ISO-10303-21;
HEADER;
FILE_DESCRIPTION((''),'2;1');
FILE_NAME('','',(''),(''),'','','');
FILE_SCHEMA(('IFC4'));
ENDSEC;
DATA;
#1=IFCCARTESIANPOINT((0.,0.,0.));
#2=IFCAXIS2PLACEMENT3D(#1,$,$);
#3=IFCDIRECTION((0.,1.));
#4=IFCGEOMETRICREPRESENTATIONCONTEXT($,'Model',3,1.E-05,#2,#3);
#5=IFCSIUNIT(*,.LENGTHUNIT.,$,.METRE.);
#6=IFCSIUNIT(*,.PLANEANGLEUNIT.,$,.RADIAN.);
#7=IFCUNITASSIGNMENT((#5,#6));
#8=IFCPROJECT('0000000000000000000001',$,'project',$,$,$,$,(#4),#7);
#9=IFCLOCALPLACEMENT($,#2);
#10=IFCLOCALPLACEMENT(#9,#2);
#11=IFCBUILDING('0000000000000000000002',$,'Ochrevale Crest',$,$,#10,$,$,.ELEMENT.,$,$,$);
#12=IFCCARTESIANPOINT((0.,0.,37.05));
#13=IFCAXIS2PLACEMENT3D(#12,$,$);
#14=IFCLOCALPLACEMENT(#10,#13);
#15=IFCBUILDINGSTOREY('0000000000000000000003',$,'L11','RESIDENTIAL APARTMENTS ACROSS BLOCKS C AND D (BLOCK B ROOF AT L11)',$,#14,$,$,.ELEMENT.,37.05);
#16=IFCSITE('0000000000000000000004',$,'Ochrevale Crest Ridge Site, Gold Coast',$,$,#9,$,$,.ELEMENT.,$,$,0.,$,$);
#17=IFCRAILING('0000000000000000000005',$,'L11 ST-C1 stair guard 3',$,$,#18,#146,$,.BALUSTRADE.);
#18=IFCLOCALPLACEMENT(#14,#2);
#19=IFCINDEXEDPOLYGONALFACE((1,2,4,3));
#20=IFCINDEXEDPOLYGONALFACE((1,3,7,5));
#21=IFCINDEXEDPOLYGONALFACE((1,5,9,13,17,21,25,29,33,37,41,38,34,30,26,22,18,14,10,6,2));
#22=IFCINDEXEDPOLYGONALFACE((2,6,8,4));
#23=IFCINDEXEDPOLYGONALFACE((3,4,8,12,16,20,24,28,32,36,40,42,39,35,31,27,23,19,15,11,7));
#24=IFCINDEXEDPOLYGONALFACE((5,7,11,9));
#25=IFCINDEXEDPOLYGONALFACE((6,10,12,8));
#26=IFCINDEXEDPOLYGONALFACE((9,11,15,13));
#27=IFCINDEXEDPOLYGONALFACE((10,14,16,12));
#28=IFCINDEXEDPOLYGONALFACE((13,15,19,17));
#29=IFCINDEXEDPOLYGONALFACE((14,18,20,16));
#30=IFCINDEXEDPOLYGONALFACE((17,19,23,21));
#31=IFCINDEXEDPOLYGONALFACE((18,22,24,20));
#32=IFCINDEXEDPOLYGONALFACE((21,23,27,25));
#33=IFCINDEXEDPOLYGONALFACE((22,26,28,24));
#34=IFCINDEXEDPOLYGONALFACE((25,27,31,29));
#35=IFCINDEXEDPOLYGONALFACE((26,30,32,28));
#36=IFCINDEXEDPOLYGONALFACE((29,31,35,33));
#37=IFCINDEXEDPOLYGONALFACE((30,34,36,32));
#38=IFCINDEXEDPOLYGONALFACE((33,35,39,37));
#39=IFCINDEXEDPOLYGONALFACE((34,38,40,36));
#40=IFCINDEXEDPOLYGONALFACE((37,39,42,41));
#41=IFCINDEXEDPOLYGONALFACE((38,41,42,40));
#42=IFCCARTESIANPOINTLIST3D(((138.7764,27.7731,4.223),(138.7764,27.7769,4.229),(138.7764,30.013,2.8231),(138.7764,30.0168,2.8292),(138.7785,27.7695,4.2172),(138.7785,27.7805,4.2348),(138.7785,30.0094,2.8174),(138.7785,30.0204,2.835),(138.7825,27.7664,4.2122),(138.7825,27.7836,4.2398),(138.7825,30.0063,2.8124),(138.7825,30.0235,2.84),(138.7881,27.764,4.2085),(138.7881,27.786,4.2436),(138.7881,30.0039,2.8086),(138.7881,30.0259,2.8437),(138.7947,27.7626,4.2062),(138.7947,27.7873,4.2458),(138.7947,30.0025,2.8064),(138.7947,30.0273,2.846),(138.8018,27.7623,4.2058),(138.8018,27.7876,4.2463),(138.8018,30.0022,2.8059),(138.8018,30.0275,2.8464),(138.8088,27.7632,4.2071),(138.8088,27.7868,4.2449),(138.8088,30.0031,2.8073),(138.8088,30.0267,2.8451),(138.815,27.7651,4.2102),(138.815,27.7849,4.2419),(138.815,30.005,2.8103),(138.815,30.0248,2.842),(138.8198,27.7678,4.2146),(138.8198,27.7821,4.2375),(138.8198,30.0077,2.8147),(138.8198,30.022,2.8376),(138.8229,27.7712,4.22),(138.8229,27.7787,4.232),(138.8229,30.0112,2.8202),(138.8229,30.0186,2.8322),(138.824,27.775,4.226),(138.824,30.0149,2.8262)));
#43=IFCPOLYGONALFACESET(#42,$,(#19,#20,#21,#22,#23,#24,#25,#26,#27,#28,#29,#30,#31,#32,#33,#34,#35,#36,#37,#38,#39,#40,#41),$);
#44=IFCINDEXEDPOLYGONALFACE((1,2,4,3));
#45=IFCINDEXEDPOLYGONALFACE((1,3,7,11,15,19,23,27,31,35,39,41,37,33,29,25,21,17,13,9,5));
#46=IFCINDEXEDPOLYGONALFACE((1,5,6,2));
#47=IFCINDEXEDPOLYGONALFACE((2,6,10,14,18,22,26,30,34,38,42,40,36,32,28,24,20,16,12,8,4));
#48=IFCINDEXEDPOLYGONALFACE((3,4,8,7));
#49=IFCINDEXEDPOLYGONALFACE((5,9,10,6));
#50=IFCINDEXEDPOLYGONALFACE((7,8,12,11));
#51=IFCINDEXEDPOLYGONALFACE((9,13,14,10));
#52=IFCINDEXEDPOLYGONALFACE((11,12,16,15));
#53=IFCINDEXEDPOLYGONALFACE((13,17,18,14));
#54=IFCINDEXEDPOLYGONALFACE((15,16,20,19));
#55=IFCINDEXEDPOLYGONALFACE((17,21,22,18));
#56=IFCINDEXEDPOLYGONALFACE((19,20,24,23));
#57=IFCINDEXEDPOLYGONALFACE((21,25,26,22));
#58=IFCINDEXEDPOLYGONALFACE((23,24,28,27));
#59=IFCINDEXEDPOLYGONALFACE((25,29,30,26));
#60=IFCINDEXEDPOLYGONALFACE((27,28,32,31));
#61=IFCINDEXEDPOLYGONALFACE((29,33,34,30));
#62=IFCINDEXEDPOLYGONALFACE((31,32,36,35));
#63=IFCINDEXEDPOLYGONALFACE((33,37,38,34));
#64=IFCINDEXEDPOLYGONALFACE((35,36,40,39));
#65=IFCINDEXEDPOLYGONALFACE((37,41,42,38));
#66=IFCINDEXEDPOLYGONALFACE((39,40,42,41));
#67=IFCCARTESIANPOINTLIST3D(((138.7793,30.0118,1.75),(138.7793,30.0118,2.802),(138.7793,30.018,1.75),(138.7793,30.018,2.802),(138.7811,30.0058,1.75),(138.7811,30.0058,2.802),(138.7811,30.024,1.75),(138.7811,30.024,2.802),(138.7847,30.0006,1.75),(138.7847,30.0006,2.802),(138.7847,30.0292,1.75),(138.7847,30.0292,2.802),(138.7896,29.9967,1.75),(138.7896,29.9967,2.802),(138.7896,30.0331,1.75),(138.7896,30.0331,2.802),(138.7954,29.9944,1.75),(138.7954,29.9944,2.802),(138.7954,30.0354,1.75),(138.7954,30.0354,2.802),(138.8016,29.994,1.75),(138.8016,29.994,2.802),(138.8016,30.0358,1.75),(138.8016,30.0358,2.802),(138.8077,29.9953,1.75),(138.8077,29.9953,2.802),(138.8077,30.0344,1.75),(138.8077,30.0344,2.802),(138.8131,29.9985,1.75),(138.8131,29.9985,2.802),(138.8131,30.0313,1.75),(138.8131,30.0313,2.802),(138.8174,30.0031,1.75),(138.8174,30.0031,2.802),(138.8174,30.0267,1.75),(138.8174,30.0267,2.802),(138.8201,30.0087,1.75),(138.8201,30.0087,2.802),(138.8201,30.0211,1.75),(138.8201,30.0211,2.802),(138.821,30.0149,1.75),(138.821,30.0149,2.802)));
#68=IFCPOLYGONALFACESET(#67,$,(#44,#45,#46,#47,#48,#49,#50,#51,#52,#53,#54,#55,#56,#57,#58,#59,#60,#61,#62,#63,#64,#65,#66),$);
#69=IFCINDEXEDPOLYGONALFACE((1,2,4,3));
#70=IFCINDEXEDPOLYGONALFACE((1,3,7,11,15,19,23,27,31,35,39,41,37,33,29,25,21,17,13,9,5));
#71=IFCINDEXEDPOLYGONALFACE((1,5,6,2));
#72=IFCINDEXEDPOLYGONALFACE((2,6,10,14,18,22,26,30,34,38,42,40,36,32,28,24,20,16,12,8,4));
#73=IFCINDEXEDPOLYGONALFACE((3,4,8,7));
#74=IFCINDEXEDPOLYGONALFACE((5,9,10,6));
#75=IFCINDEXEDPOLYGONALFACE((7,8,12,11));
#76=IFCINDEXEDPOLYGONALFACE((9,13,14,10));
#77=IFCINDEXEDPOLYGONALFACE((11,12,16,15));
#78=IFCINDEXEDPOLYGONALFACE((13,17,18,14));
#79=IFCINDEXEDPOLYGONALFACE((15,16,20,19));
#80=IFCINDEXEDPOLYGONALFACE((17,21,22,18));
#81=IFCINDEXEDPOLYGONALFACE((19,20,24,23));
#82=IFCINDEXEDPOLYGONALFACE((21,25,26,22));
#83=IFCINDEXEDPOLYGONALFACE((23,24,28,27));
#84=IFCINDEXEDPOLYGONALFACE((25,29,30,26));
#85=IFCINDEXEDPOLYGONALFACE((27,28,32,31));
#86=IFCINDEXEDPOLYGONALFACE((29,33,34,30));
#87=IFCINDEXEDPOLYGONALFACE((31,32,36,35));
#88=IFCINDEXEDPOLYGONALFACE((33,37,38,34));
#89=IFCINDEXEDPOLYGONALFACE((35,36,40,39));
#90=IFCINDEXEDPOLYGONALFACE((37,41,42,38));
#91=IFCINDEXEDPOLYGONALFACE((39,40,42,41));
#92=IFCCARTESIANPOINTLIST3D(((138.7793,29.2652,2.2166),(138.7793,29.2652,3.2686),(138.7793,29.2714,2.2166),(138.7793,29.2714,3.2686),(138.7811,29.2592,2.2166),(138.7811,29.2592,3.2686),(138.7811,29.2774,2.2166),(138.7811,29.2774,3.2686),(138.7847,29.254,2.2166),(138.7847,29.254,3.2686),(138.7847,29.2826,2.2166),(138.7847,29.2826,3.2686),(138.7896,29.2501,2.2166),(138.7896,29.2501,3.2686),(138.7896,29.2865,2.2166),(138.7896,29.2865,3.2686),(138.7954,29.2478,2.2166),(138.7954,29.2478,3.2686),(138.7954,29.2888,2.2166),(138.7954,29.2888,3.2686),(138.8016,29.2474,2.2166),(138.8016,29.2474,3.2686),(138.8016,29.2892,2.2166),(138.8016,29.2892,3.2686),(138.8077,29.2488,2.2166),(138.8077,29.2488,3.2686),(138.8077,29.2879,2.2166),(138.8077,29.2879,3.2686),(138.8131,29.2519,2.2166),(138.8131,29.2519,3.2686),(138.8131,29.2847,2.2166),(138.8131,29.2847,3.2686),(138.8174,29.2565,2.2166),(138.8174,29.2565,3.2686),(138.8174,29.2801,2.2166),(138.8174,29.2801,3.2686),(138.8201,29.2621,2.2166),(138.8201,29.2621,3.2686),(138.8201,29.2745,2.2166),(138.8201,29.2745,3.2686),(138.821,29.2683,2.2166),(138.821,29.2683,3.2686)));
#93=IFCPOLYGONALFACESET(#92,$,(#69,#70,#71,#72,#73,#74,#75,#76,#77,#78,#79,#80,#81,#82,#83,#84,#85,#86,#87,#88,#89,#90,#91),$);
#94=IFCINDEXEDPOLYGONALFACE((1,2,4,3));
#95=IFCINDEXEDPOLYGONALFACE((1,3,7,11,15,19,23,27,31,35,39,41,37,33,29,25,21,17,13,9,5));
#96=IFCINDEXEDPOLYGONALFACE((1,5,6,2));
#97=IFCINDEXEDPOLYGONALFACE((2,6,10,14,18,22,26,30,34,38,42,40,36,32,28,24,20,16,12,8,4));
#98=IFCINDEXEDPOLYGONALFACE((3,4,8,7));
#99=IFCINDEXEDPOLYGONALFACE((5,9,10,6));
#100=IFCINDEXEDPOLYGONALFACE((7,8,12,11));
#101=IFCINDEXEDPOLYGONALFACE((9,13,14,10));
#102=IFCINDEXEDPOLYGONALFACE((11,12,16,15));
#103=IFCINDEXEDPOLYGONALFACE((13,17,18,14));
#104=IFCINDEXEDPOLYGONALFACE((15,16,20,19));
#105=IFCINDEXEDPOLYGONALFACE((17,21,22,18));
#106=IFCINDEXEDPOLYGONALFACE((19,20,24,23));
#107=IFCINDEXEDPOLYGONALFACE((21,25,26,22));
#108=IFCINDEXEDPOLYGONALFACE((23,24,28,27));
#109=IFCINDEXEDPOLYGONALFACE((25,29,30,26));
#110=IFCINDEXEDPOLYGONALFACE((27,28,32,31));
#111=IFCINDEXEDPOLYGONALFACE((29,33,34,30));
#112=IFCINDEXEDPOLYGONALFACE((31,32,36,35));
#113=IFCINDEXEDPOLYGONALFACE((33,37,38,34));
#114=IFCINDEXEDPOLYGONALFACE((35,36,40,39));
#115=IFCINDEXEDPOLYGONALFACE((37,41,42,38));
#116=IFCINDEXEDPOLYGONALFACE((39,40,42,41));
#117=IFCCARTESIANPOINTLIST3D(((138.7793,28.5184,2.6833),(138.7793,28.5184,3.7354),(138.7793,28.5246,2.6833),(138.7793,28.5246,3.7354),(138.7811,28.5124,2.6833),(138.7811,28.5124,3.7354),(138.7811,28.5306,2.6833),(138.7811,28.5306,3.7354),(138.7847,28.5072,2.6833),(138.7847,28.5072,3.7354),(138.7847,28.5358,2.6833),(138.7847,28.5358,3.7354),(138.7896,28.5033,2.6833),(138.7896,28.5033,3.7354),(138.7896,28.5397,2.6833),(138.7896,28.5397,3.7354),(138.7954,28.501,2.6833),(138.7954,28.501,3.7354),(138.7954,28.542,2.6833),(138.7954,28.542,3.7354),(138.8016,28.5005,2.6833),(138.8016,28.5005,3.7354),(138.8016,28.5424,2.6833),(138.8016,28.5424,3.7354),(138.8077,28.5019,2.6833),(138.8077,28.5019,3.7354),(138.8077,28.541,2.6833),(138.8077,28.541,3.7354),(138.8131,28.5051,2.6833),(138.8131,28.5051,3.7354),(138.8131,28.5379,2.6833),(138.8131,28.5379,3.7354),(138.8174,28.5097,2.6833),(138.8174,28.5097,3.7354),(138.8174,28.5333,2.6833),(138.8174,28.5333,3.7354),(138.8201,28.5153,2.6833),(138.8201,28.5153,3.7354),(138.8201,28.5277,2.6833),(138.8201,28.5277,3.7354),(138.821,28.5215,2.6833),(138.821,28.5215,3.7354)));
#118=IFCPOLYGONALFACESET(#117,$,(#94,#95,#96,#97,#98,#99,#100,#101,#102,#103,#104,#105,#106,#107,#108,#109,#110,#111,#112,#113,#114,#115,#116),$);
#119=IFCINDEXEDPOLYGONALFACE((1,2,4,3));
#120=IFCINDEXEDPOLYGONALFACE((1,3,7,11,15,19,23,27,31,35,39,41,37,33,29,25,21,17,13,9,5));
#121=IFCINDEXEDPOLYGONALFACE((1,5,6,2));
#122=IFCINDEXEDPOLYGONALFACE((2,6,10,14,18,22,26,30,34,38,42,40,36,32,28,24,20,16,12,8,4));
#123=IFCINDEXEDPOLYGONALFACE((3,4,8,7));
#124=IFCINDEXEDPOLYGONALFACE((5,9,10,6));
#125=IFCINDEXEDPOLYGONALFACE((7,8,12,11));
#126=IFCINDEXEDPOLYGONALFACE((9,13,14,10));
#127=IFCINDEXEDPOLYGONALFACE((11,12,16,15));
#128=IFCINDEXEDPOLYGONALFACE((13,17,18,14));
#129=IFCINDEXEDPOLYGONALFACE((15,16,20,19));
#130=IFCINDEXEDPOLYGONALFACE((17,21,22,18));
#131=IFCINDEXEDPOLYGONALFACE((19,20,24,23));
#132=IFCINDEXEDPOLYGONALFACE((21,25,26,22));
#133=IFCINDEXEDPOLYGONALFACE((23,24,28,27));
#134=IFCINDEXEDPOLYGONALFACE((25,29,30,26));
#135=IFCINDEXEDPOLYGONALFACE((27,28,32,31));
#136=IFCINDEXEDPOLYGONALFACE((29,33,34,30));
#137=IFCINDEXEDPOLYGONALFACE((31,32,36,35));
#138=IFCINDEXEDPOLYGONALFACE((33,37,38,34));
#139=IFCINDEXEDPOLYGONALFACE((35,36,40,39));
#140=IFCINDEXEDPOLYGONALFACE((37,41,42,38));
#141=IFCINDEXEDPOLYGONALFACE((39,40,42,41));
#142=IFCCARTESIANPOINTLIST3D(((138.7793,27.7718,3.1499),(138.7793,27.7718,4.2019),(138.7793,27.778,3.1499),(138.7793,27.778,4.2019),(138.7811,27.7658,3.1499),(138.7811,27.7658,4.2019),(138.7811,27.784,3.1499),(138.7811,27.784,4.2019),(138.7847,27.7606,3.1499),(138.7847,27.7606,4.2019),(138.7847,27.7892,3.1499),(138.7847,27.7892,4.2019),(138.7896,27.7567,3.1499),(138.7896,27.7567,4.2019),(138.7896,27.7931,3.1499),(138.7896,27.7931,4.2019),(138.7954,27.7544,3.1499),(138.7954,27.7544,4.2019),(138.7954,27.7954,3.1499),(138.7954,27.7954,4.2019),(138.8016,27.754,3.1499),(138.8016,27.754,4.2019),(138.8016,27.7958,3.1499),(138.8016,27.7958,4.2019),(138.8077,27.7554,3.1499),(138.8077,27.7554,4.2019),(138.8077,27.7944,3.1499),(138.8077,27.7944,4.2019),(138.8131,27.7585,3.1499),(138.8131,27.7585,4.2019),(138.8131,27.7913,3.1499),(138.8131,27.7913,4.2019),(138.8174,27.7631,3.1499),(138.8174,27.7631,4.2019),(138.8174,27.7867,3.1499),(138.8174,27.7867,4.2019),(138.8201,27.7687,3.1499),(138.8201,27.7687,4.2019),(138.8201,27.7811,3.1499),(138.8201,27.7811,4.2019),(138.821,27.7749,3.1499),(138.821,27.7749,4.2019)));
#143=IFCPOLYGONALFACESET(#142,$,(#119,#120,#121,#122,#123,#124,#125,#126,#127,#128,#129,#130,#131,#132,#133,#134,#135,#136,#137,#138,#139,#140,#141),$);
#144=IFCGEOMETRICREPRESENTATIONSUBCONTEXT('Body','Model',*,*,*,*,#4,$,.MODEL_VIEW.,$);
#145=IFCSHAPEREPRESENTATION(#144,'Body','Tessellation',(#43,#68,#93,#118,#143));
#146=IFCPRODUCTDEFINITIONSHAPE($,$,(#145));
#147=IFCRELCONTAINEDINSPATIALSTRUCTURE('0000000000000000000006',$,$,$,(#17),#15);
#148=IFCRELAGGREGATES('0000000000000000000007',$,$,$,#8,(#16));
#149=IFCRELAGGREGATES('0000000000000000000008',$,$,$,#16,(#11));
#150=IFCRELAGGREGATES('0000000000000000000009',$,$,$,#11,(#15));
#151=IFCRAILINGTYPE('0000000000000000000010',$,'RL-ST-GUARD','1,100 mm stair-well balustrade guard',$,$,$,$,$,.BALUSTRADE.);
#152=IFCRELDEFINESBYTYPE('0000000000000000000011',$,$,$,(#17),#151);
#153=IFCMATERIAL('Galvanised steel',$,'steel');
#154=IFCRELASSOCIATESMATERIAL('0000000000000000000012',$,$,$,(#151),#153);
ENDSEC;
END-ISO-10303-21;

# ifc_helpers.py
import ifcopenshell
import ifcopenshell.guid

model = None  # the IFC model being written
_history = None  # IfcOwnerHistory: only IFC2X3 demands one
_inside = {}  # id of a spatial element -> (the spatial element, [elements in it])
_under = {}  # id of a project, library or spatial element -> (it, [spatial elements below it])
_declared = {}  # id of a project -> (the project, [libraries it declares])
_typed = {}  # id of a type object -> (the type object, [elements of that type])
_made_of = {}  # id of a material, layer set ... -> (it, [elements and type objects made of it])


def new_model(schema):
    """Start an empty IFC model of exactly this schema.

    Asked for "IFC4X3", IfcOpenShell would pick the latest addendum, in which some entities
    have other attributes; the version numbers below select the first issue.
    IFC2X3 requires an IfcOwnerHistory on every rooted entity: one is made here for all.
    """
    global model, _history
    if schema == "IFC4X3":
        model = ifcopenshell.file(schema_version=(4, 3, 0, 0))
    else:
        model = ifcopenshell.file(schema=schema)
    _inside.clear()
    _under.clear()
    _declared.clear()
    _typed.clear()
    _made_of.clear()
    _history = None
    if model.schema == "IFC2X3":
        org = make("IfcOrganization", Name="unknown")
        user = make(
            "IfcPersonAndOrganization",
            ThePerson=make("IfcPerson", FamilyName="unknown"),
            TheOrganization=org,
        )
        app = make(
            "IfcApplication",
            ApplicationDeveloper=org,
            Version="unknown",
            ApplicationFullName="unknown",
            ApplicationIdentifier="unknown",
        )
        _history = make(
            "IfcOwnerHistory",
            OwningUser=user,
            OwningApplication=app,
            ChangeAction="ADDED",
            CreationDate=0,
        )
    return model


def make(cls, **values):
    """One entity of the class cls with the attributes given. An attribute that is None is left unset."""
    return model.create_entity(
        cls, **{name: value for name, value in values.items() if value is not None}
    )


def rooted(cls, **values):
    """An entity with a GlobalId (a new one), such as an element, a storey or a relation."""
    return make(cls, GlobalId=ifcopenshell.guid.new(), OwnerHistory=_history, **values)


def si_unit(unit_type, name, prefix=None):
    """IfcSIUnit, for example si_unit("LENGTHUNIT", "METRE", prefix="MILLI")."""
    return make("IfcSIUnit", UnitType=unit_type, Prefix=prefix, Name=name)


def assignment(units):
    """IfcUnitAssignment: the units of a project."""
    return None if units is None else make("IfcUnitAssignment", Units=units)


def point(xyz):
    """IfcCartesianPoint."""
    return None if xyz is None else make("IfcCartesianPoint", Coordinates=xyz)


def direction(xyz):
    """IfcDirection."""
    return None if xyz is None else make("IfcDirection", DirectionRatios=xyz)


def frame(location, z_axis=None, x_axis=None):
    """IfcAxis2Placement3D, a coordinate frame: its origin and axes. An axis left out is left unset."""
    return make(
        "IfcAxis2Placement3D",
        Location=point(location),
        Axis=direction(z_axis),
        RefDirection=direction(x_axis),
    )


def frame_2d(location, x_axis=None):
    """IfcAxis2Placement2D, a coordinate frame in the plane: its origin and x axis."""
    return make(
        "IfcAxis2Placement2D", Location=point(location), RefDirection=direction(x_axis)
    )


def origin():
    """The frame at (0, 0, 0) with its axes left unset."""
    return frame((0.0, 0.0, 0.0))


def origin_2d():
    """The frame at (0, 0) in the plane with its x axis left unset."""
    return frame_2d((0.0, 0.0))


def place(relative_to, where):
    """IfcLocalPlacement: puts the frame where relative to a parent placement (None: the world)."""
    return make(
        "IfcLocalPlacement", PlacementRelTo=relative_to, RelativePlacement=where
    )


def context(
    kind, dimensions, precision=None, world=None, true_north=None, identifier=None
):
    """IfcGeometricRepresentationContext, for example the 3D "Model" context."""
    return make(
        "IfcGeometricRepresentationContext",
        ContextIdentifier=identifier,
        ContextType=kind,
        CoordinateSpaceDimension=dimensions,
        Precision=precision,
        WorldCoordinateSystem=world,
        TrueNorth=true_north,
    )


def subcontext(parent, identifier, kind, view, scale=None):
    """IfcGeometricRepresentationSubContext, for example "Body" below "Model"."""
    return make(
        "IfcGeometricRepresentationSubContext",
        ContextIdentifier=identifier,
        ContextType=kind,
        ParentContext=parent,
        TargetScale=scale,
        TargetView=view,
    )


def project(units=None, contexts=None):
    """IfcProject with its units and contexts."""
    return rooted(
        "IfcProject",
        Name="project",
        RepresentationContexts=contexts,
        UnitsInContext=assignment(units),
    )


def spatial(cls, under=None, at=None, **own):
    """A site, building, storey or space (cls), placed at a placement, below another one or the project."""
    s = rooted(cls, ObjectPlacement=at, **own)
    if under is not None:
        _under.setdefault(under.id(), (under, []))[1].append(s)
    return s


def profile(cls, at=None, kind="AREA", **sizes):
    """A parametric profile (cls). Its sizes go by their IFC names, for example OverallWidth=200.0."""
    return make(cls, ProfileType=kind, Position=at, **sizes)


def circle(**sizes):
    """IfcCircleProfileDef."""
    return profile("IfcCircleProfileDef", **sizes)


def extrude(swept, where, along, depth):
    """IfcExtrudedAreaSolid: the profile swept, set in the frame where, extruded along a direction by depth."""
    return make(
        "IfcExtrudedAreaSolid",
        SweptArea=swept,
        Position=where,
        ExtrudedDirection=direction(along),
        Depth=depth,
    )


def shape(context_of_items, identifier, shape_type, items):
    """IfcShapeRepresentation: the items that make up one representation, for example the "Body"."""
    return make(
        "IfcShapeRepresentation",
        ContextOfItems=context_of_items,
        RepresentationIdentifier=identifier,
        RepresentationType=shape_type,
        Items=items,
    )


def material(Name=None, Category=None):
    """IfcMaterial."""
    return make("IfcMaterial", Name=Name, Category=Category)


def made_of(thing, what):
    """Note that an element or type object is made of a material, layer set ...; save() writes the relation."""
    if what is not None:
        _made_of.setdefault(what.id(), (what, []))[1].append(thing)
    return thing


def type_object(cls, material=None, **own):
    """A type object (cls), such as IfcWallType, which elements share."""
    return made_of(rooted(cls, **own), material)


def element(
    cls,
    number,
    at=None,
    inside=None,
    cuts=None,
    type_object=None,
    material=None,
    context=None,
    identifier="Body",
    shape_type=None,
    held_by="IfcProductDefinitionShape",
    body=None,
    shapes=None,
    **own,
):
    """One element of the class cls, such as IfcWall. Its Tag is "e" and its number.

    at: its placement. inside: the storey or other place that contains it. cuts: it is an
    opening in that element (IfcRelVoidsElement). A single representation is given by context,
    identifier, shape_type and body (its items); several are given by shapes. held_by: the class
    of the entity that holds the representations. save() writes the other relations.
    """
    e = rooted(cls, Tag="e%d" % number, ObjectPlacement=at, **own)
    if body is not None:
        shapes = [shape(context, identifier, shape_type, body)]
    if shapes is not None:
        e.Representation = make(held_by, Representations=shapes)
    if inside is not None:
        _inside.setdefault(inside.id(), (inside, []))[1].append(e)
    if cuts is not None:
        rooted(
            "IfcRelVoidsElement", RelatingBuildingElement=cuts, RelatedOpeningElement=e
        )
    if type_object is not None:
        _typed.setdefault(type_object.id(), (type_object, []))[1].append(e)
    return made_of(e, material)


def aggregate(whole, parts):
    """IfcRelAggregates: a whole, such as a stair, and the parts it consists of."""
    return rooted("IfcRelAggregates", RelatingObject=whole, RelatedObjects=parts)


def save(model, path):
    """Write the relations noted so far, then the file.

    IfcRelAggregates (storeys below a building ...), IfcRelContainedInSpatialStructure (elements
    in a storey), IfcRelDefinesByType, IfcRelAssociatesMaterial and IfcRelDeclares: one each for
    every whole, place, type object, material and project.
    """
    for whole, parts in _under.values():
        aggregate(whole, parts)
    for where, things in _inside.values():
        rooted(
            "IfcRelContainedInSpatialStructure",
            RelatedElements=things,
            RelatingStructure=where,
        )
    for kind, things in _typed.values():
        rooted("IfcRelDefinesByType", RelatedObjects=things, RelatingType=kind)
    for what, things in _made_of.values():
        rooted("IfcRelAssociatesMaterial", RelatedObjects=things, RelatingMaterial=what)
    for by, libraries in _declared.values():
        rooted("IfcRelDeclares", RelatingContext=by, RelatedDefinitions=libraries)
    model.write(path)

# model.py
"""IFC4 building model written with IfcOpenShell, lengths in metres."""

from ifc_helpers import new_model, si_unit, direction, frame, origin, origin_2d, place, context, subcontext, project, spatial, circle, extrude, material, type_object, element, save


model = new_model("IFC4")

# Units and contexts
model_context = context("Model", 3, precision=1e-05, world=origin(), true_north=direction((0.0, 1.0)))
body_context = subcontext(model_context, "Body", "Model", "MODEL_VIEW")
ifc_project = project(units=[si_unit("LENGTHUNIT", "METRE"), si_unit("PLANEANGLEUNIT", "RADIAN")], contexts=[model_context])

# Site, building, storey
site_placement = place(None, origin())
site = spatial("IfcSite", under=ifc_project, at=site_placement, Name="Ochrevale Crest Ridge Site, Gold Coast", CompositionType="ELEMENT", RefElevation=0.0)
building_placement = place(site_placement, origin())
building = spatial("IfcBuilding", under=site, at=building_placement, Name="Ochrevale Crest", CompositionType="ELEMENT")
storey_placement = place(building_placement, frame((0.0, 0.0, 37.05)))
storey = spatial("IfcBuildingStorey", under=building, at=storey_placement, Name="L11", Description="RESIDENTIAL APARTMENTS ACROSS BLOCKS C AND D (BLOCK B ROOF AT L11)", CompositionType="ELEMENT", Elevation=37.05)

# Railing
ifc_material_1 = material(Name="Galvanised steel", Category="steel")
railing_type_1 = type_object("IfcRailingType", Name="RL-ST-GUARD", Description="1,100 mm stair-well balustrade guard", PredefinedType="BALUSTRADE", material=ifc_material_1)
railing_1_placement = place(storey_placement, frame((138.8, 30.0149, 1.75)))
element("IfcRailing", 1, at=railing_1_placement, inside=storey, type_object=railing_type_1, Name="L11 ST-C1 stair guard 3", PredefinedType="BALUSTRADE", context=body_context, shape_type="SweptSolid", body=[
    extrude(circle(Radius=0.0239, at=origin_2d()), frame((0.0, 0.0, 1.0762), z_axis=(0.0, -0.848014, 0.529974), x_axis=(1.0, 0.0, 0.0)), (0.0, 0.0, 1.0), 2.6414),
    extrude(circle(Radius=0.021, at=origin_2d()), origin(), (0.0, 0.0, 1.0), 1.052),
    extrude(circle(Radius=0.021, at=origin_2d()), frame((0.0, -0.7466, 0.4666)), (0.0, 0.0, 1.0), 1.052),
    extrude(circle(Radius=0.021, at=origin_2d()), frame((0.0, -1.4934, 0.9333)), (0.0, 0.0, 1.0), 1.052),
    extrude(circle(Radius=0.021, at=origin_2d()), frame((0.0, -2.24, 1.3999)), (0.0, 0.0, 1.0), 1.052),
])

save(model, "model.ifc")
